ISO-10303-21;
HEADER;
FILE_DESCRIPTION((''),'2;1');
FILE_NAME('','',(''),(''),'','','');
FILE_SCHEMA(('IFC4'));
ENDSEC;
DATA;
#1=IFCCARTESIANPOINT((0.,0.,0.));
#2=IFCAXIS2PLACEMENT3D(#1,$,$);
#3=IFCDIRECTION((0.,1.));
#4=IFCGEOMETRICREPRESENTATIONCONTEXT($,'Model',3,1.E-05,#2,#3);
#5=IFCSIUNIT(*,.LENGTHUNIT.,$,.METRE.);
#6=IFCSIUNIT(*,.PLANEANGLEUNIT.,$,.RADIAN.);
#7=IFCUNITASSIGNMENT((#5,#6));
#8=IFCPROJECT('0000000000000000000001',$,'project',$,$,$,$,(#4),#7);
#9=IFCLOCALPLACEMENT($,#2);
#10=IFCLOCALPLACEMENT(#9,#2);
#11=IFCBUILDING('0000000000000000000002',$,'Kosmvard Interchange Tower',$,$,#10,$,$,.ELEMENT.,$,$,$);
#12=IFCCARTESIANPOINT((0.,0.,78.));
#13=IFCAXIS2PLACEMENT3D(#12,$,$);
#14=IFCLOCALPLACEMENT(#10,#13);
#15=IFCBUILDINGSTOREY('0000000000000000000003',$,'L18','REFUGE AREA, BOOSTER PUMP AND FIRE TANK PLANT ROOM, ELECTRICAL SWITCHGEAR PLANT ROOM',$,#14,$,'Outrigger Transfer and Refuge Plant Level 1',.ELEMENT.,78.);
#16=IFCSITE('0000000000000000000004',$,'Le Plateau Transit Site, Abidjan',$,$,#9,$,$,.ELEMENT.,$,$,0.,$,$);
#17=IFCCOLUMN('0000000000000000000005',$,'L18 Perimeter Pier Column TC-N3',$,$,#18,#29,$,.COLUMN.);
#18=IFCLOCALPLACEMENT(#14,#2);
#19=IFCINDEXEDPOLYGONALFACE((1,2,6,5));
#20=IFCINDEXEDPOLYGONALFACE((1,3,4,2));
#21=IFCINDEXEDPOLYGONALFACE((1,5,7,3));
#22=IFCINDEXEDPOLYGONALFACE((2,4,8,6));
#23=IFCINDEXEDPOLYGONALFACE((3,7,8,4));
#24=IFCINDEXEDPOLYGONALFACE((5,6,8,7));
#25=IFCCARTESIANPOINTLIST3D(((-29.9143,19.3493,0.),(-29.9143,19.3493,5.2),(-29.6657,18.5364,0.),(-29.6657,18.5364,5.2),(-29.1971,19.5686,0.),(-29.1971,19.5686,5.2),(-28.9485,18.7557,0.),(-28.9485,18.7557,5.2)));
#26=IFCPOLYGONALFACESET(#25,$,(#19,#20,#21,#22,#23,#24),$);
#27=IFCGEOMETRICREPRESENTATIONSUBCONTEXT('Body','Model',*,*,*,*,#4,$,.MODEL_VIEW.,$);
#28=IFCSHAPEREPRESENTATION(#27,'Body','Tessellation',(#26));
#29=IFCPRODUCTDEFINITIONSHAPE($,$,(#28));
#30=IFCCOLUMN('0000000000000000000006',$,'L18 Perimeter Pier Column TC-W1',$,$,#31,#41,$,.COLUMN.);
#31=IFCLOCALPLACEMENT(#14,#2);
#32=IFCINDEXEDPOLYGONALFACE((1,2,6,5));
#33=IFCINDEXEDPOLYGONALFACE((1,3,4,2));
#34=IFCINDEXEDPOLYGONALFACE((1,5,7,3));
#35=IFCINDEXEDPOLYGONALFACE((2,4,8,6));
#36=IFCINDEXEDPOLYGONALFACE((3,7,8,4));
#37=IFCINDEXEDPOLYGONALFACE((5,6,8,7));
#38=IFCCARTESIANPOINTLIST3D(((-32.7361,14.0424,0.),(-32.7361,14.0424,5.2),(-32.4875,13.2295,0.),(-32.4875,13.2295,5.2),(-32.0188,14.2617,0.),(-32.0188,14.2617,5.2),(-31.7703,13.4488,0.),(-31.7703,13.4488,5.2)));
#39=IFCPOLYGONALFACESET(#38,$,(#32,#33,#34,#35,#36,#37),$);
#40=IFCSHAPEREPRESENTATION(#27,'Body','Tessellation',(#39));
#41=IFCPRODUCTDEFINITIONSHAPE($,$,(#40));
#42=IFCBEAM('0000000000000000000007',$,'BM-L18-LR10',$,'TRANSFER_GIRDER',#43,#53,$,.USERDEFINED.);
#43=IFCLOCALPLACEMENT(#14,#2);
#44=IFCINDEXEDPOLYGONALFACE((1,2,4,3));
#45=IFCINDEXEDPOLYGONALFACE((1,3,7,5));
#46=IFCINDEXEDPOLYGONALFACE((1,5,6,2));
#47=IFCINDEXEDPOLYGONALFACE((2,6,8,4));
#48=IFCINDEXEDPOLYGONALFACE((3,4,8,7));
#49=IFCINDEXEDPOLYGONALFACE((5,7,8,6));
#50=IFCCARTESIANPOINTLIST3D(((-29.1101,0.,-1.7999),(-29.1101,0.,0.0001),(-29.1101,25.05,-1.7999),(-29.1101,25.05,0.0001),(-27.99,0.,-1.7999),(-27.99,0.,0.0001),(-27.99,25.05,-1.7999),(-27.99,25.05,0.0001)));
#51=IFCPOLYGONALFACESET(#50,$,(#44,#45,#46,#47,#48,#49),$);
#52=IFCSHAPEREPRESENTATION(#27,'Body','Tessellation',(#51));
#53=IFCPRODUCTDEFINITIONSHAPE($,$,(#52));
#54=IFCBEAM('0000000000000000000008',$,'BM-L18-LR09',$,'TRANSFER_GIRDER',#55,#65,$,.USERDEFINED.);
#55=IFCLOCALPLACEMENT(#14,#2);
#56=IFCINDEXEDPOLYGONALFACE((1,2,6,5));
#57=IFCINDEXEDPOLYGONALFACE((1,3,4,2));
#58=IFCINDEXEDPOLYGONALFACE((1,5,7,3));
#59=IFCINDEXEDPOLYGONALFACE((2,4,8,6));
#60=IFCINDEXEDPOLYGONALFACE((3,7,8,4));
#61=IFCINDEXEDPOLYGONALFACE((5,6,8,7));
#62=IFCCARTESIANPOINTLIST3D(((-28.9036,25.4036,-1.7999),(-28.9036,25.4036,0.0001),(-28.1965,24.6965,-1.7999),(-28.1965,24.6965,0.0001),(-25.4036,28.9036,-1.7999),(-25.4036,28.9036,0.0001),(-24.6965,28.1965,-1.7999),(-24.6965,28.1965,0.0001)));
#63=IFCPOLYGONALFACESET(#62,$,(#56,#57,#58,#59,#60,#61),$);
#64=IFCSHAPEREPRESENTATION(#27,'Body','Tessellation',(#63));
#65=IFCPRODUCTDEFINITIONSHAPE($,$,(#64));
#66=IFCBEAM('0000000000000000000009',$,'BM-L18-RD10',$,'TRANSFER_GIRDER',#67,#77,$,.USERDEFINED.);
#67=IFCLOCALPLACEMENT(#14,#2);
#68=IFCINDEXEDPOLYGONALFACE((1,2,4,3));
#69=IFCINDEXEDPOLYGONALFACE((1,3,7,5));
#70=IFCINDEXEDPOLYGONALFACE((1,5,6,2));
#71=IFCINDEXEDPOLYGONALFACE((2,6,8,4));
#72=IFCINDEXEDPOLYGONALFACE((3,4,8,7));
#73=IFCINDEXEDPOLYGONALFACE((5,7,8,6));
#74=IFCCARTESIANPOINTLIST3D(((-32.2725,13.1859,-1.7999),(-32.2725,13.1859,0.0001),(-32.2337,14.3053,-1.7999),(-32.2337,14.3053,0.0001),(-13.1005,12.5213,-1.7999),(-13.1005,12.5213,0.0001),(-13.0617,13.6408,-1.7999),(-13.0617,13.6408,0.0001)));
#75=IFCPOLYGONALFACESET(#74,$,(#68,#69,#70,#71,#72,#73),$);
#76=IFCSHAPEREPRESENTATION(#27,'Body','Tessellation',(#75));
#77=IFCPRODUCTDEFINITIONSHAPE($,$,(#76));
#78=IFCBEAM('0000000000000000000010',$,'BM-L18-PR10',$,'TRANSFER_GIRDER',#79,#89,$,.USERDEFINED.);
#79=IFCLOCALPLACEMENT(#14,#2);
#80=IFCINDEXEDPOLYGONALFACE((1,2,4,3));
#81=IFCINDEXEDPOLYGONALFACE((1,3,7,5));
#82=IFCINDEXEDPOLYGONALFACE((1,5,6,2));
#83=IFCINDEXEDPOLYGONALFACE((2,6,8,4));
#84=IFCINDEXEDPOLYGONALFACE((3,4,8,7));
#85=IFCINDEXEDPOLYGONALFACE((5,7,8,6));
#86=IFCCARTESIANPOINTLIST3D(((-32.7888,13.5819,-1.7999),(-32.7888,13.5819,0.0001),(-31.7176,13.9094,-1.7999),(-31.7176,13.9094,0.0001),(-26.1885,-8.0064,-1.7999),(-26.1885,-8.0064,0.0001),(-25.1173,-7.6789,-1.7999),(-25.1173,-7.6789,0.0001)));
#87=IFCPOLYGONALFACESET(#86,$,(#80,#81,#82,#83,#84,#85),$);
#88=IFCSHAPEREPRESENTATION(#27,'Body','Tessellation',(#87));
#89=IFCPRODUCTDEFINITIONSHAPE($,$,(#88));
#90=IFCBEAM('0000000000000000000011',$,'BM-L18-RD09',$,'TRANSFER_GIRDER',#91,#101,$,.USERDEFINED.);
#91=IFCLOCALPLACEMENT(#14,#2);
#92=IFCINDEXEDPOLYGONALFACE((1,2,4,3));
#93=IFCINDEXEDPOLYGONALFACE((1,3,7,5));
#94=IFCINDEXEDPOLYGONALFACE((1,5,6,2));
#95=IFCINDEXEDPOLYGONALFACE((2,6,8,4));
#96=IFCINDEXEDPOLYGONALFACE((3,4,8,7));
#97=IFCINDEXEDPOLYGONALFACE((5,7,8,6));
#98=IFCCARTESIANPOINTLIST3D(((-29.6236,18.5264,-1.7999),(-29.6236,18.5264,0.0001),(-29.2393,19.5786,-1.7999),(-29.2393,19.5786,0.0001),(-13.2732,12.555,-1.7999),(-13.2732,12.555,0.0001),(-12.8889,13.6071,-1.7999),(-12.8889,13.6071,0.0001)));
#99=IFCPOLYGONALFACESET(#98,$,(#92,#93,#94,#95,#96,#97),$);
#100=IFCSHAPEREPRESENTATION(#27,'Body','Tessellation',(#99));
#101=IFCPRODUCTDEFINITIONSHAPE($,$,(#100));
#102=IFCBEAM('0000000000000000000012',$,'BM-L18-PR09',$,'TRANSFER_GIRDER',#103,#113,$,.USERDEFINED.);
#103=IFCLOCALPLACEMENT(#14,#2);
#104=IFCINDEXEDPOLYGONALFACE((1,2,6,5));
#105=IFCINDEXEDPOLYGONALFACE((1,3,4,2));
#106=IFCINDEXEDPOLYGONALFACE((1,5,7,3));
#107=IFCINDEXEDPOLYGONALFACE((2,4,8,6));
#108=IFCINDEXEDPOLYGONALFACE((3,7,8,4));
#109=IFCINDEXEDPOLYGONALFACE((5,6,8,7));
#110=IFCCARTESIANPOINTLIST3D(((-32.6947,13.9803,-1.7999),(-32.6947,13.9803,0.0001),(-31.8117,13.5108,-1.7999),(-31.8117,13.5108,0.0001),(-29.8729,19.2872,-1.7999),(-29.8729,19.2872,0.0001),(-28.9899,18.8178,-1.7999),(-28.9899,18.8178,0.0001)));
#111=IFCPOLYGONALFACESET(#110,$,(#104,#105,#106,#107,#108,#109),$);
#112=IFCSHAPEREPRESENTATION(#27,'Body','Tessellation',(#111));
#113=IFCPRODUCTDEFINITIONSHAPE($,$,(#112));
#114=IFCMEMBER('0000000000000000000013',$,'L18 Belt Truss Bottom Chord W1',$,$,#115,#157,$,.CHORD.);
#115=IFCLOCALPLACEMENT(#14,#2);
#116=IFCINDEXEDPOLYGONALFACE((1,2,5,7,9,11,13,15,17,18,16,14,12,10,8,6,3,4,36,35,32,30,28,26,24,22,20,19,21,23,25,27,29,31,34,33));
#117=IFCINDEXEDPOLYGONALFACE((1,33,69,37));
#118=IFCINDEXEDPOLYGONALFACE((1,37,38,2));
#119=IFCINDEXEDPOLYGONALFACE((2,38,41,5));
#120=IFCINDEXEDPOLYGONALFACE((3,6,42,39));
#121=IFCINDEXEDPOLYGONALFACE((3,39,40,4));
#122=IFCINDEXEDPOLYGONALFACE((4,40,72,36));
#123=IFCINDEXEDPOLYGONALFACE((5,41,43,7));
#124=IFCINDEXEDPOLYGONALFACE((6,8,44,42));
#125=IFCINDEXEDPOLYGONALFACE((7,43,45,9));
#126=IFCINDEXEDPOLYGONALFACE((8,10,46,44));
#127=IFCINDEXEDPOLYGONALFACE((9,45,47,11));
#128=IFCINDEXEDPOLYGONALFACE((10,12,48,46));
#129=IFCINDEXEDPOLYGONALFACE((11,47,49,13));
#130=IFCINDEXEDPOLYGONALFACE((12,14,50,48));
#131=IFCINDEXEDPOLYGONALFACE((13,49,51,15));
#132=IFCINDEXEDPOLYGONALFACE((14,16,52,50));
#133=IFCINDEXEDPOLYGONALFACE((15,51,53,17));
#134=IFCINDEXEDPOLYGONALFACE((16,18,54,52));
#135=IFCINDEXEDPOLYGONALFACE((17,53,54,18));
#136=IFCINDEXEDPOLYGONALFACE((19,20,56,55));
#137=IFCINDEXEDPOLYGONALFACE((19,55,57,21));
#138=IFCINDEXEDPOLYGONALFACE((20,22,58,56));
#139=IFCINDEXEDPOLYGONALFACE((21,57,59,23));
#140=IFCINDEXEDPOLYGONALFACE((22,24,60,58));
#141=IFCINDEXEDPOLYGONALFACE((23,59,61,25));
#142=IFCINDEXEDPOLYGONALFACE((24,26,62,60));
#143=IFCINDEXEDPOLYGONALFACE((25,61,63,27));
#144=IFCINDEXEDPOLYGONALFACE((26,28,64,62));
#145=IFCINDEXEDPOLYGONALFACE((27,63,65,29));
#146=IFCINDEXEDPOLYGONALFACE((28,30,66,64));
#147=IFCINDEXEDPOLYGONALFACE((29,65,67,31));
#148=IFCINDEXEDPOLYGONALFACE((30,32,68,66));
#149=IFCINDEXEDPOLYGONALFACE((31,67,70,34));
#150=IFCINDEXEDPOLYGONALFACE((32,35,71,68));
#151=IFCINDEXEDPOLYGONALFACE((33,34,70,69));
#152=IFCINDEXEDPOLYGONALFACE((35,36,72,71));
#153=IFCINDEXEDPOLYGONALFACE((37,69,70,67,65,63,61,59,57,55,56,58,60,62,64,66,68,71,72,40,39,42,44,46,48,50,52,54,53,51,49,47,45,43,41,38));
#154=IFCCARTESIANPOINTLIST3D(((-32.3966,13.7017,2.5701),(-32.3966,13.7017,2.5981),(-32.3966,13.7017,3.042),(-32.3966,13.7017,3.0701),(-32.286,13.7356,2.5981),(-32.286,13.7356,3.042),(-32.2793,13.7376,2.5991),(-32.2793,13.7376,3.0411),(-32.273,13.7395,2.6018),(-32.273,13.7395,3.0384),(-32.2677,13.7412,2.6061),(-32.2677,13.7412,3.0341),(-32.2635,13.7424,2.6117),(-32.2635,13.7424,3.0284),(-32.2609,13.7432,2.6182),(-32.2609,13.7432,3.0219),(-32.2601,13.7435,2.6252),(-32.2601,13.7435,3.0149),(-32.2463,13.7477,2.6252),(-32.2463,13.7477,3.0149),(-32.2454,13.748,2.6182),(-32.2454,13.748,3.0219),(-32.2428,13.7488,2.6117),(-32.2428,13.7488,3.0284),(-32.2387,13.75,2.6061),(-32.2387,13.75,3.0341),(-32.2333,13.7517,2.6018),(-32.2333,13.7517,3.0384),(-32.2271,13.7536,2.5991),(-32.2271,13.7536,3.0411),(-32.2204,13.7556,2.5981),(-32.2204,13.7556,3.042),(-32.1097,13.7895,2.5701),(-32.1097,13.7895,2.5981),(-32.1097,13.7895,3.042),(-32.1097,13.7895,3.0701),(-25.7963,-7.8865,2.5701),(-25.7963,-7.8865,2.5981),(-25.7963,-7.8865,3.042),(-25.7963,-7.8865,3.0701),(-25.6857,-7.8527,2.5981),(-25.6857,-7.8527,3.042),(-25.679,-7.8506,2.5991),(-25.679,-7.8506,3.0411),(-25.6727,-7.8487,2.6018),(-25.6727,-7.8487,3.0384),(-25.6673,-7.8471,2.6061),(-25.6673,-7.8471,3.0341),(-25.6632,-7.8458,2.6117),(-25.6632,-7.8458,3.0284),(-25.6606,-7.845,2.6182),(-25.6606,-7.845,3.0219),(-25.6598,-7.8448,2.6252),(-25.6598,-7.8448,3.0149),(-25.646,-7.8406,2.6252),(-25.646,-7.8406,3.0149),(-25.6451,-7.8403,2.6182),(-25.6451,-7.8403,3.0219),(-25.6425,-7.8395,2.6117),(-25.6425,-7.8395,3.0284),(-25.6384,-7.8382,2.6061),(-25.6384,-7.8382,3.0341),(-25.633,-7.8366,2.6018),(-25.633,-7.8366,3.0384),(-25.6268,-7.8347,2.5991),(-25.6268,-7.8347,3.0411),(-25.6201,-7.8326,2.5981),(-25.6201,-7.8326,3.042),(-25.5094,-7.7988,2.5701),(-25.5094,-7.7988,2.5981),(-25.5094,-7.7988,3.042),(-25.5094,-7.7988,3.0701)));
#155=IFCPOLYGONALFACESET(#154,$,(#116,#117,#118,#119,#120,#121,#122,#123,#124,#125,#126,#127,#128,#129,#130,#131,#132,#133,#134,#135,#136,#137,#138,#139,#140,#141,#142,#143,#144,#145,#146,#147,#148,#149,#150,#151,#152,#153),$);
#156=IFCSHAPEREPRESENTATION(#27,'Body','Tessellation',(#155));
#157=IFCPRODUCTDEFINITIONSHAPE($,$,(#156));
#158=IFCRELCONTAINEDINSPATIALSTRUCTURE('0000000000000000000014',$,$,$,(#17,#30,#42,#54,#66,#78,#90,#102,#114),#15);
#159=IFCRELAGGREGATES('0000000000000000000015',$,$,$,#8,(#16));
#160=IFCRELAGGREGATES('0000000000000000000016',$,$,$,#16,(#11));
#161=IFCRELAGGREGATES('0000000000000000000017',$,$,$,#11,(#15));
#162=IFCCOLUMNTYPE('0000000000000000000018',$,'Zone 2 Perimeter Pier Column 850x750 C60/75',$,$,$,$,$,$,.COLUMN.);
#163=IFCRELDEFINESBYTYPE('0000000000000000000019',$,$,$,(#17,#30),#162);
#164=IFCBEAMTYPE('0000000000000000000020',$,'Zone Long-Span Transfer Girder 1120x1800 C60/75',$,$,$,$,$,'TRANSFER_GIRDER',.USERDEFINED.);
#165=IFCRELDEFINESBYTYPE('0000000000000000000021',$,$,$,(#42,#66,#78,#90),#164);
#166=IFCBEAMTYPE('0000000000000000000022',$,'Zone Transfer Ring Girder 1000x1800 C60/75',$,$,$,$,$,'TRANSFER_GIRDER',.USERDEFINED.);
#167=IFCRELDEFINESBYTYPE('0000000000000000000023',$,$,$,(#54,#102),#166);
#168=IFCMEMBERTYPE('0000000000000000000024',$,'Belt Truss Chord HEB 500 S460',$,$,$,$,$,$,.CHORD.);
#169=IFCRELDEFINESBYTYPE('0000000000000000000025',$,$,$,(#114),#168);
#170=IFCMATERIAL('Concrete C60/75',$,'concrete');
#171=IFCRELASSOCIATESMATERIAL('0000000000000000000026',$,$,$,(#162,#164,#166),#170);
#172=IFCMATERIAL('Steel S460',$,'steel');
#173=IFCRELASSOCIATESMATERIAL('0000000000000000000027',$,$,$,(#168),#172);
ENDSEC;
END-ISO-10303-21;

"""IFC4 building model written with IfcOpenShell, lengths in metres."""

from ifc_helpers import new_model, si_unit, direction, frame, origin, origin_2d, place, context, subcontext, project, spatial, rectangle, i_section, extrude, source, transform, mapped, material, material_profile, profile_set, type_object, element, save


model = new_model("IFC4")

# Units and contexts
model_context = context("Model", 3, precision=1e-05, world=origin(), true_north=direction((0.0, 1.0)))
body_context = subcontext(model_context, "Body", "Model", "MODEL_VIEW")
ifc_project = project(units=[si_unit("LENGTHUNIT", "METRE"), si_unit("PLANEANGLEUNIT", "RADIAN")], contexts=[model_context])

# Site, building, storey
site_placement = place(None, origin())
site = spatial("IfcSite", under=ifc_project, at=site_placement, Name="Le Plateau Transit Site, Abidjan", CompositionType="ELEMENT", RefElevation=0.0)
building_placement = place(site_placement, origin())
building = spatial("IfcBuilding", under=site, at=building_placement, Name="Kosmvard Interchange Tower", CompositionType="ELEMENT")
storey_placement = place(building_placement, frame((0.0, 0.0, 78.0)))
storey = spatial("IfcBuildingStorey", under=building, at=storey_placement, Name="L18", Description="REFUGE AREA, BOOSTER PUMP AND FIRE TANK PLANT ROOM, ELECTRICAL SWITCHGEAR PLANT ROOM", LongName="Outrigger Transfer and Refuge Plant Level 1", CompositionType="ELEMENT", Elevation=78.0)

# Columns
ifc_material_1 = material(Name="Concrete C60/75", Category="concrete")
ifc_material_profile_1 = material_profile(ifc_material_1, rectangle(XDim=0.75, YDim=0.8501, at=origin_2d()), Name="TC 850x750")
ifc_profile_set_1 = profile_set([ifc_material_profile_1], Name="Concrete C60/75")
column_type = type_object("IfcColumnType", Name="Zone 2 Perimeter Pier Column 850x750 C60/75", PredefinedType="COLUMN", material=ifc_profile_set_1)
shared_shape_1 = source(origin(), body_context, "Body", "SweptSolid", [
    extrude(rectangle(XDim=0.75, YDim=0.8501, at=origin_2d()), origin(), (0.0, 0.0, 1.0), 5.2),
])
for number, where, z_axis, x_axis, name in (
    (1, (-29.4314, 19.0525, 0.0), (0.0, 0.0, 1.0), (0.956305, 0.292372, 0.0), "L18 Perimeter Pier Column TC-N3"),
    (2, (-32.2532, 13.7456, 0.0), (0.0, 0.0, 1.0), (0.956305, 0.292372, 0.0), "L18 Perimeter Pier Column TC-W1"),
):
    element("IfcColumn", number, at=place(storey_placement, frame(where, z_axis=z_axis, x_axis=x_axis)), inside=storey, type_object=column_type, Name=name, PredefinedType="COLUMN", context=body_context, shape_type="MappedRepresentation", body=[
        mapped(shared_shape_1, transform((0.0, 0.0, 0.0), scale=1.0)),
    ])

# Beams
ifc_material_profile_2 = material_profile(ifc_material_1, rectangle(XDim=1.1201, YDim=1.8, at=origin_2d()), Name="TG 1120x1800")
ifc_profile_set_2 = profile_set([ifc_material_profile_2], Name="Concrete C60/75")
beam_type_1 = type_object("IfcBeamType", Name="Zone Long-Span Transfer Girder 1120x1800 C60/75", ElementType="TRANSFER_GIRDER", PredefinedType="USERDEFINED", material=ifc_profile_set_2)
shared_shape_2 = source(origin(), body_context, "Body", "SweptSolid", [
    extrude(rectangle(XDim=1.1201, YDim=1.8, at=origin_2d()), origin(), (0.0, 0.0, 1.0), 25.05),
])
beam_1_placement = place(storey_placement, frame((-28.55, 25.05, -0.8999), z_axis=(0.0, -1.0, 0.0), x_axis=(1.0, 0.0, 0.0)))
element("IfcBeam", 3, at=beam_1_placement, inside=storey, type_object=beam_type_1, Name="BM-L18-LR10", ObjectType="TRANSFER_GIRDER", PredefinedType="USERDEFINED", context=body_context, shape_type="MappedRepresentation", body=[
    mapped(shared_shape_2, transform((0.0, 0.0, 0.0), scale=1.0)),
])
ifc_material_profile_3 = material_profile(ifc_material_1, rectangle(XDim=1.0, YDim=1.8, at=origin_2d()), Name="TG 1000x1800")
ifc_profile_set_3 = profile_set([ifc_material_profile_3], Name="Concrete C60/75")
beam_type_2 = type_object("IfcBeamType", Name="Zone Transfer Ring Girder 1000x1800 C60/75", ElementType="TRANSFER_GIRDER", PredefinedType="USERDEFINED", material=ifc_profile_set_3)
shared_shape_3 = source(origin(), body_context, "Body", "SweptSolid", [
    extrude(rectangle(XDim=1.0, YDim=1.8, at=origin_2d()), origin(), (0.0, 0.0, 1.0), 4.9497),
])
beam_2_placement = place(storey_placement, frame((-25.05, 28.55, -0.8999), z_axis=(-0.707107, -0.707107, 0.0), x_axis=(0.707107, -0.707107, 0.0)))
element("IfcBeam", 4, at=beam_2_placement, inside=storey, type_object=beam_type_2, Name="BM-L18-LR09", ObjectType="TRANSFER_GIRDER", PredefinedType="USERDEFINED", context=body_context, shape_type="MappedRepresentation", body=[
    mapped(shared_shape_3, transform((0.0, 0.0, 0.0), scale=1.0)),
])
shared_shape_4 = source(origin(), body_context, "Body", "SweptSolid", [
    extrude(rectangle(XDim=1.1201, YDim=1.8, at=origin_2d()), origin(), (0.0, 0.0, 1.0), 19.1836),
])
beam_3_placement = place(storey_placement, frame((-13.0811, 13.0811, -0.8999), z_axis=(-0.9994, 0.034642, 0.0), x_axis=(-0.034642, -0.9994, 0.0)))
element("IfcBeam", 5, at=beam_3_placement, inside=storey, type_object=beam_type_1, Name="BM-L18-RD10", ObjectType="TRANSFER_GIRDER", PredefinedType="USERDEFINED", context=body_context, shape_type="MappedRepresentation", body=[
    mapped(shared_shape_4, transform((0.0, 0.0, 0.0), scale=1.0)),
])
shared_shape_5 = source(origin(), body_context, "Body", "SweptSolid", [
    extrude(rectangle(XDim=1.1201, YDim=1.8, at=origin_2d()), origin(), (0.0, 0.0, 1.0), 22.5747),
])
beam_4_placement = place(storey_placement, frame((-32.2532, 13.7456, -0.8999), z_axis=(0.292376, -0.956303, 0.0), x_axis=(0.956303, 0.292376, 0.0)))
element("IfcBeam", 6, at=beam_4_placement, inside=storey, type_object=beam_type_1, Name="BM-L18-PR10", ObjectType="TRANSFER_GIRDER", PredefinedType="USERDEFINED", context=body_context, shape_type="MappedRepresentation", body=[
    mapped(shared_shape_5, transform((0.0, 0.0, 0.0), scale=1.0)),
])
shared_shape_6 = source(origin(), body_context, "Body", "SweptSolid", [
    extrude(rectangle(XDim=1.1201, YDim=1.8, at=origin_2d()), origin(), (0.0, 0.0, 1.0), 17.4067),
])
beam_5_placement = place(storey_placement, frame((-13.0811, 13.0811, -0.8999), z_axis=(-0.939315, 0.343055, 0.0), x_axis=(-0.343055, -0.939315, 0.0)))
element("IfcBeam", 7, at=beam_5_placement, inside=storey, type_object=beam_type_1, Name="BM-L18-RD09", ObjectType="TRANSFER_GIRDER", PredefinedType="USERDEFINED", context=body_context, shape_type="MappedRepresentation", body=[
    mapped(shared_shape_6, transform((0.0, 0.0, 0.0), scale=1.0)),
])
shared_shape_7 = source(origin(), body_context, "Body", "SweptSolid", [
    extrude(rectangle(XDim=1.0, YDim=1.8, at=origin_2d()), origin(), (0.0, 0.0, 1.0), 6.0105),
])
beam_6_placement = place(storey_placement, frame((-29.4314, 19.0525, -0.8999), z_axis=(-0.469479, -0.882944, 0.0), x_axis=(0.882944, -0.469479, 0.0)))
element("IfcBeam", 8, at=beam_6_placement, inside=storey, type_object=beam_type_2, Name="BM-L18-PR09", ObjectType="TRANSFER_GIRDER", PredefinedType="USERDEFINED", context=body_context, shape_type="MappedRepresentation", body=[
    mapped(shared_shape_7, transform((0.0, 0.0, 0.0), scale=1.0)),
])

# Member
ifc_material_2 = material(Name="Steel S460", Category="steel")
ifc_material_profile_4 = material_profile(ifc_material_2, i_section(OverallWidth=0.3, OverallDepth=0.5, WebThickness=0.0144, FlangeThickness=0.0281, FilletRadius=0.0271, at=origin_2d()), Name="HEB 500")
ifc_profile_set_4 = profile_set([ifc_material_profile_4], Name="Steel S460")
member_type_1 = type_object("IfcMemberType", Name="Belt Truss Chord HEB 500 S460", PredefinedType="CHORD", material=ifc_profile_set_4)
shared_shape_8 = source(origin(), body_context, "Body", "SweptSolid", [
    extrude(i_section(OverallWidth=0.3, OverallDepth=0.5, WebThickness=0.0144, FlangeThickness=0.0281, FilletRadius=0.0271, at=origin_2d()), origin(), (0.0, 0.0, 1.0), 22.5747),
])
for number, where, z_axis, x_axis, name in (
    (9, (-32.2532, 13.7456, 2.8201), (0.292376, -0.956303, 0.0), (0.956303, 0.292376, 0.0), "L18 Belt Truss Bottom Chord W1"),
):
    element("IfcMember", number, at=place(storey_placement, frame(where, z_axis=z_axis, x_axis=x_axis)), inside=storey, type_object=member_type_1, Name=name, PredefinedType="CHORD", context=body_context, shape_type="MappedRepresentation", body=[
        mapped(shared_shape_8, transform((0.0, 0.0, 0.0), scale=1.0)),
    ])

save(model, "model.ifc")
